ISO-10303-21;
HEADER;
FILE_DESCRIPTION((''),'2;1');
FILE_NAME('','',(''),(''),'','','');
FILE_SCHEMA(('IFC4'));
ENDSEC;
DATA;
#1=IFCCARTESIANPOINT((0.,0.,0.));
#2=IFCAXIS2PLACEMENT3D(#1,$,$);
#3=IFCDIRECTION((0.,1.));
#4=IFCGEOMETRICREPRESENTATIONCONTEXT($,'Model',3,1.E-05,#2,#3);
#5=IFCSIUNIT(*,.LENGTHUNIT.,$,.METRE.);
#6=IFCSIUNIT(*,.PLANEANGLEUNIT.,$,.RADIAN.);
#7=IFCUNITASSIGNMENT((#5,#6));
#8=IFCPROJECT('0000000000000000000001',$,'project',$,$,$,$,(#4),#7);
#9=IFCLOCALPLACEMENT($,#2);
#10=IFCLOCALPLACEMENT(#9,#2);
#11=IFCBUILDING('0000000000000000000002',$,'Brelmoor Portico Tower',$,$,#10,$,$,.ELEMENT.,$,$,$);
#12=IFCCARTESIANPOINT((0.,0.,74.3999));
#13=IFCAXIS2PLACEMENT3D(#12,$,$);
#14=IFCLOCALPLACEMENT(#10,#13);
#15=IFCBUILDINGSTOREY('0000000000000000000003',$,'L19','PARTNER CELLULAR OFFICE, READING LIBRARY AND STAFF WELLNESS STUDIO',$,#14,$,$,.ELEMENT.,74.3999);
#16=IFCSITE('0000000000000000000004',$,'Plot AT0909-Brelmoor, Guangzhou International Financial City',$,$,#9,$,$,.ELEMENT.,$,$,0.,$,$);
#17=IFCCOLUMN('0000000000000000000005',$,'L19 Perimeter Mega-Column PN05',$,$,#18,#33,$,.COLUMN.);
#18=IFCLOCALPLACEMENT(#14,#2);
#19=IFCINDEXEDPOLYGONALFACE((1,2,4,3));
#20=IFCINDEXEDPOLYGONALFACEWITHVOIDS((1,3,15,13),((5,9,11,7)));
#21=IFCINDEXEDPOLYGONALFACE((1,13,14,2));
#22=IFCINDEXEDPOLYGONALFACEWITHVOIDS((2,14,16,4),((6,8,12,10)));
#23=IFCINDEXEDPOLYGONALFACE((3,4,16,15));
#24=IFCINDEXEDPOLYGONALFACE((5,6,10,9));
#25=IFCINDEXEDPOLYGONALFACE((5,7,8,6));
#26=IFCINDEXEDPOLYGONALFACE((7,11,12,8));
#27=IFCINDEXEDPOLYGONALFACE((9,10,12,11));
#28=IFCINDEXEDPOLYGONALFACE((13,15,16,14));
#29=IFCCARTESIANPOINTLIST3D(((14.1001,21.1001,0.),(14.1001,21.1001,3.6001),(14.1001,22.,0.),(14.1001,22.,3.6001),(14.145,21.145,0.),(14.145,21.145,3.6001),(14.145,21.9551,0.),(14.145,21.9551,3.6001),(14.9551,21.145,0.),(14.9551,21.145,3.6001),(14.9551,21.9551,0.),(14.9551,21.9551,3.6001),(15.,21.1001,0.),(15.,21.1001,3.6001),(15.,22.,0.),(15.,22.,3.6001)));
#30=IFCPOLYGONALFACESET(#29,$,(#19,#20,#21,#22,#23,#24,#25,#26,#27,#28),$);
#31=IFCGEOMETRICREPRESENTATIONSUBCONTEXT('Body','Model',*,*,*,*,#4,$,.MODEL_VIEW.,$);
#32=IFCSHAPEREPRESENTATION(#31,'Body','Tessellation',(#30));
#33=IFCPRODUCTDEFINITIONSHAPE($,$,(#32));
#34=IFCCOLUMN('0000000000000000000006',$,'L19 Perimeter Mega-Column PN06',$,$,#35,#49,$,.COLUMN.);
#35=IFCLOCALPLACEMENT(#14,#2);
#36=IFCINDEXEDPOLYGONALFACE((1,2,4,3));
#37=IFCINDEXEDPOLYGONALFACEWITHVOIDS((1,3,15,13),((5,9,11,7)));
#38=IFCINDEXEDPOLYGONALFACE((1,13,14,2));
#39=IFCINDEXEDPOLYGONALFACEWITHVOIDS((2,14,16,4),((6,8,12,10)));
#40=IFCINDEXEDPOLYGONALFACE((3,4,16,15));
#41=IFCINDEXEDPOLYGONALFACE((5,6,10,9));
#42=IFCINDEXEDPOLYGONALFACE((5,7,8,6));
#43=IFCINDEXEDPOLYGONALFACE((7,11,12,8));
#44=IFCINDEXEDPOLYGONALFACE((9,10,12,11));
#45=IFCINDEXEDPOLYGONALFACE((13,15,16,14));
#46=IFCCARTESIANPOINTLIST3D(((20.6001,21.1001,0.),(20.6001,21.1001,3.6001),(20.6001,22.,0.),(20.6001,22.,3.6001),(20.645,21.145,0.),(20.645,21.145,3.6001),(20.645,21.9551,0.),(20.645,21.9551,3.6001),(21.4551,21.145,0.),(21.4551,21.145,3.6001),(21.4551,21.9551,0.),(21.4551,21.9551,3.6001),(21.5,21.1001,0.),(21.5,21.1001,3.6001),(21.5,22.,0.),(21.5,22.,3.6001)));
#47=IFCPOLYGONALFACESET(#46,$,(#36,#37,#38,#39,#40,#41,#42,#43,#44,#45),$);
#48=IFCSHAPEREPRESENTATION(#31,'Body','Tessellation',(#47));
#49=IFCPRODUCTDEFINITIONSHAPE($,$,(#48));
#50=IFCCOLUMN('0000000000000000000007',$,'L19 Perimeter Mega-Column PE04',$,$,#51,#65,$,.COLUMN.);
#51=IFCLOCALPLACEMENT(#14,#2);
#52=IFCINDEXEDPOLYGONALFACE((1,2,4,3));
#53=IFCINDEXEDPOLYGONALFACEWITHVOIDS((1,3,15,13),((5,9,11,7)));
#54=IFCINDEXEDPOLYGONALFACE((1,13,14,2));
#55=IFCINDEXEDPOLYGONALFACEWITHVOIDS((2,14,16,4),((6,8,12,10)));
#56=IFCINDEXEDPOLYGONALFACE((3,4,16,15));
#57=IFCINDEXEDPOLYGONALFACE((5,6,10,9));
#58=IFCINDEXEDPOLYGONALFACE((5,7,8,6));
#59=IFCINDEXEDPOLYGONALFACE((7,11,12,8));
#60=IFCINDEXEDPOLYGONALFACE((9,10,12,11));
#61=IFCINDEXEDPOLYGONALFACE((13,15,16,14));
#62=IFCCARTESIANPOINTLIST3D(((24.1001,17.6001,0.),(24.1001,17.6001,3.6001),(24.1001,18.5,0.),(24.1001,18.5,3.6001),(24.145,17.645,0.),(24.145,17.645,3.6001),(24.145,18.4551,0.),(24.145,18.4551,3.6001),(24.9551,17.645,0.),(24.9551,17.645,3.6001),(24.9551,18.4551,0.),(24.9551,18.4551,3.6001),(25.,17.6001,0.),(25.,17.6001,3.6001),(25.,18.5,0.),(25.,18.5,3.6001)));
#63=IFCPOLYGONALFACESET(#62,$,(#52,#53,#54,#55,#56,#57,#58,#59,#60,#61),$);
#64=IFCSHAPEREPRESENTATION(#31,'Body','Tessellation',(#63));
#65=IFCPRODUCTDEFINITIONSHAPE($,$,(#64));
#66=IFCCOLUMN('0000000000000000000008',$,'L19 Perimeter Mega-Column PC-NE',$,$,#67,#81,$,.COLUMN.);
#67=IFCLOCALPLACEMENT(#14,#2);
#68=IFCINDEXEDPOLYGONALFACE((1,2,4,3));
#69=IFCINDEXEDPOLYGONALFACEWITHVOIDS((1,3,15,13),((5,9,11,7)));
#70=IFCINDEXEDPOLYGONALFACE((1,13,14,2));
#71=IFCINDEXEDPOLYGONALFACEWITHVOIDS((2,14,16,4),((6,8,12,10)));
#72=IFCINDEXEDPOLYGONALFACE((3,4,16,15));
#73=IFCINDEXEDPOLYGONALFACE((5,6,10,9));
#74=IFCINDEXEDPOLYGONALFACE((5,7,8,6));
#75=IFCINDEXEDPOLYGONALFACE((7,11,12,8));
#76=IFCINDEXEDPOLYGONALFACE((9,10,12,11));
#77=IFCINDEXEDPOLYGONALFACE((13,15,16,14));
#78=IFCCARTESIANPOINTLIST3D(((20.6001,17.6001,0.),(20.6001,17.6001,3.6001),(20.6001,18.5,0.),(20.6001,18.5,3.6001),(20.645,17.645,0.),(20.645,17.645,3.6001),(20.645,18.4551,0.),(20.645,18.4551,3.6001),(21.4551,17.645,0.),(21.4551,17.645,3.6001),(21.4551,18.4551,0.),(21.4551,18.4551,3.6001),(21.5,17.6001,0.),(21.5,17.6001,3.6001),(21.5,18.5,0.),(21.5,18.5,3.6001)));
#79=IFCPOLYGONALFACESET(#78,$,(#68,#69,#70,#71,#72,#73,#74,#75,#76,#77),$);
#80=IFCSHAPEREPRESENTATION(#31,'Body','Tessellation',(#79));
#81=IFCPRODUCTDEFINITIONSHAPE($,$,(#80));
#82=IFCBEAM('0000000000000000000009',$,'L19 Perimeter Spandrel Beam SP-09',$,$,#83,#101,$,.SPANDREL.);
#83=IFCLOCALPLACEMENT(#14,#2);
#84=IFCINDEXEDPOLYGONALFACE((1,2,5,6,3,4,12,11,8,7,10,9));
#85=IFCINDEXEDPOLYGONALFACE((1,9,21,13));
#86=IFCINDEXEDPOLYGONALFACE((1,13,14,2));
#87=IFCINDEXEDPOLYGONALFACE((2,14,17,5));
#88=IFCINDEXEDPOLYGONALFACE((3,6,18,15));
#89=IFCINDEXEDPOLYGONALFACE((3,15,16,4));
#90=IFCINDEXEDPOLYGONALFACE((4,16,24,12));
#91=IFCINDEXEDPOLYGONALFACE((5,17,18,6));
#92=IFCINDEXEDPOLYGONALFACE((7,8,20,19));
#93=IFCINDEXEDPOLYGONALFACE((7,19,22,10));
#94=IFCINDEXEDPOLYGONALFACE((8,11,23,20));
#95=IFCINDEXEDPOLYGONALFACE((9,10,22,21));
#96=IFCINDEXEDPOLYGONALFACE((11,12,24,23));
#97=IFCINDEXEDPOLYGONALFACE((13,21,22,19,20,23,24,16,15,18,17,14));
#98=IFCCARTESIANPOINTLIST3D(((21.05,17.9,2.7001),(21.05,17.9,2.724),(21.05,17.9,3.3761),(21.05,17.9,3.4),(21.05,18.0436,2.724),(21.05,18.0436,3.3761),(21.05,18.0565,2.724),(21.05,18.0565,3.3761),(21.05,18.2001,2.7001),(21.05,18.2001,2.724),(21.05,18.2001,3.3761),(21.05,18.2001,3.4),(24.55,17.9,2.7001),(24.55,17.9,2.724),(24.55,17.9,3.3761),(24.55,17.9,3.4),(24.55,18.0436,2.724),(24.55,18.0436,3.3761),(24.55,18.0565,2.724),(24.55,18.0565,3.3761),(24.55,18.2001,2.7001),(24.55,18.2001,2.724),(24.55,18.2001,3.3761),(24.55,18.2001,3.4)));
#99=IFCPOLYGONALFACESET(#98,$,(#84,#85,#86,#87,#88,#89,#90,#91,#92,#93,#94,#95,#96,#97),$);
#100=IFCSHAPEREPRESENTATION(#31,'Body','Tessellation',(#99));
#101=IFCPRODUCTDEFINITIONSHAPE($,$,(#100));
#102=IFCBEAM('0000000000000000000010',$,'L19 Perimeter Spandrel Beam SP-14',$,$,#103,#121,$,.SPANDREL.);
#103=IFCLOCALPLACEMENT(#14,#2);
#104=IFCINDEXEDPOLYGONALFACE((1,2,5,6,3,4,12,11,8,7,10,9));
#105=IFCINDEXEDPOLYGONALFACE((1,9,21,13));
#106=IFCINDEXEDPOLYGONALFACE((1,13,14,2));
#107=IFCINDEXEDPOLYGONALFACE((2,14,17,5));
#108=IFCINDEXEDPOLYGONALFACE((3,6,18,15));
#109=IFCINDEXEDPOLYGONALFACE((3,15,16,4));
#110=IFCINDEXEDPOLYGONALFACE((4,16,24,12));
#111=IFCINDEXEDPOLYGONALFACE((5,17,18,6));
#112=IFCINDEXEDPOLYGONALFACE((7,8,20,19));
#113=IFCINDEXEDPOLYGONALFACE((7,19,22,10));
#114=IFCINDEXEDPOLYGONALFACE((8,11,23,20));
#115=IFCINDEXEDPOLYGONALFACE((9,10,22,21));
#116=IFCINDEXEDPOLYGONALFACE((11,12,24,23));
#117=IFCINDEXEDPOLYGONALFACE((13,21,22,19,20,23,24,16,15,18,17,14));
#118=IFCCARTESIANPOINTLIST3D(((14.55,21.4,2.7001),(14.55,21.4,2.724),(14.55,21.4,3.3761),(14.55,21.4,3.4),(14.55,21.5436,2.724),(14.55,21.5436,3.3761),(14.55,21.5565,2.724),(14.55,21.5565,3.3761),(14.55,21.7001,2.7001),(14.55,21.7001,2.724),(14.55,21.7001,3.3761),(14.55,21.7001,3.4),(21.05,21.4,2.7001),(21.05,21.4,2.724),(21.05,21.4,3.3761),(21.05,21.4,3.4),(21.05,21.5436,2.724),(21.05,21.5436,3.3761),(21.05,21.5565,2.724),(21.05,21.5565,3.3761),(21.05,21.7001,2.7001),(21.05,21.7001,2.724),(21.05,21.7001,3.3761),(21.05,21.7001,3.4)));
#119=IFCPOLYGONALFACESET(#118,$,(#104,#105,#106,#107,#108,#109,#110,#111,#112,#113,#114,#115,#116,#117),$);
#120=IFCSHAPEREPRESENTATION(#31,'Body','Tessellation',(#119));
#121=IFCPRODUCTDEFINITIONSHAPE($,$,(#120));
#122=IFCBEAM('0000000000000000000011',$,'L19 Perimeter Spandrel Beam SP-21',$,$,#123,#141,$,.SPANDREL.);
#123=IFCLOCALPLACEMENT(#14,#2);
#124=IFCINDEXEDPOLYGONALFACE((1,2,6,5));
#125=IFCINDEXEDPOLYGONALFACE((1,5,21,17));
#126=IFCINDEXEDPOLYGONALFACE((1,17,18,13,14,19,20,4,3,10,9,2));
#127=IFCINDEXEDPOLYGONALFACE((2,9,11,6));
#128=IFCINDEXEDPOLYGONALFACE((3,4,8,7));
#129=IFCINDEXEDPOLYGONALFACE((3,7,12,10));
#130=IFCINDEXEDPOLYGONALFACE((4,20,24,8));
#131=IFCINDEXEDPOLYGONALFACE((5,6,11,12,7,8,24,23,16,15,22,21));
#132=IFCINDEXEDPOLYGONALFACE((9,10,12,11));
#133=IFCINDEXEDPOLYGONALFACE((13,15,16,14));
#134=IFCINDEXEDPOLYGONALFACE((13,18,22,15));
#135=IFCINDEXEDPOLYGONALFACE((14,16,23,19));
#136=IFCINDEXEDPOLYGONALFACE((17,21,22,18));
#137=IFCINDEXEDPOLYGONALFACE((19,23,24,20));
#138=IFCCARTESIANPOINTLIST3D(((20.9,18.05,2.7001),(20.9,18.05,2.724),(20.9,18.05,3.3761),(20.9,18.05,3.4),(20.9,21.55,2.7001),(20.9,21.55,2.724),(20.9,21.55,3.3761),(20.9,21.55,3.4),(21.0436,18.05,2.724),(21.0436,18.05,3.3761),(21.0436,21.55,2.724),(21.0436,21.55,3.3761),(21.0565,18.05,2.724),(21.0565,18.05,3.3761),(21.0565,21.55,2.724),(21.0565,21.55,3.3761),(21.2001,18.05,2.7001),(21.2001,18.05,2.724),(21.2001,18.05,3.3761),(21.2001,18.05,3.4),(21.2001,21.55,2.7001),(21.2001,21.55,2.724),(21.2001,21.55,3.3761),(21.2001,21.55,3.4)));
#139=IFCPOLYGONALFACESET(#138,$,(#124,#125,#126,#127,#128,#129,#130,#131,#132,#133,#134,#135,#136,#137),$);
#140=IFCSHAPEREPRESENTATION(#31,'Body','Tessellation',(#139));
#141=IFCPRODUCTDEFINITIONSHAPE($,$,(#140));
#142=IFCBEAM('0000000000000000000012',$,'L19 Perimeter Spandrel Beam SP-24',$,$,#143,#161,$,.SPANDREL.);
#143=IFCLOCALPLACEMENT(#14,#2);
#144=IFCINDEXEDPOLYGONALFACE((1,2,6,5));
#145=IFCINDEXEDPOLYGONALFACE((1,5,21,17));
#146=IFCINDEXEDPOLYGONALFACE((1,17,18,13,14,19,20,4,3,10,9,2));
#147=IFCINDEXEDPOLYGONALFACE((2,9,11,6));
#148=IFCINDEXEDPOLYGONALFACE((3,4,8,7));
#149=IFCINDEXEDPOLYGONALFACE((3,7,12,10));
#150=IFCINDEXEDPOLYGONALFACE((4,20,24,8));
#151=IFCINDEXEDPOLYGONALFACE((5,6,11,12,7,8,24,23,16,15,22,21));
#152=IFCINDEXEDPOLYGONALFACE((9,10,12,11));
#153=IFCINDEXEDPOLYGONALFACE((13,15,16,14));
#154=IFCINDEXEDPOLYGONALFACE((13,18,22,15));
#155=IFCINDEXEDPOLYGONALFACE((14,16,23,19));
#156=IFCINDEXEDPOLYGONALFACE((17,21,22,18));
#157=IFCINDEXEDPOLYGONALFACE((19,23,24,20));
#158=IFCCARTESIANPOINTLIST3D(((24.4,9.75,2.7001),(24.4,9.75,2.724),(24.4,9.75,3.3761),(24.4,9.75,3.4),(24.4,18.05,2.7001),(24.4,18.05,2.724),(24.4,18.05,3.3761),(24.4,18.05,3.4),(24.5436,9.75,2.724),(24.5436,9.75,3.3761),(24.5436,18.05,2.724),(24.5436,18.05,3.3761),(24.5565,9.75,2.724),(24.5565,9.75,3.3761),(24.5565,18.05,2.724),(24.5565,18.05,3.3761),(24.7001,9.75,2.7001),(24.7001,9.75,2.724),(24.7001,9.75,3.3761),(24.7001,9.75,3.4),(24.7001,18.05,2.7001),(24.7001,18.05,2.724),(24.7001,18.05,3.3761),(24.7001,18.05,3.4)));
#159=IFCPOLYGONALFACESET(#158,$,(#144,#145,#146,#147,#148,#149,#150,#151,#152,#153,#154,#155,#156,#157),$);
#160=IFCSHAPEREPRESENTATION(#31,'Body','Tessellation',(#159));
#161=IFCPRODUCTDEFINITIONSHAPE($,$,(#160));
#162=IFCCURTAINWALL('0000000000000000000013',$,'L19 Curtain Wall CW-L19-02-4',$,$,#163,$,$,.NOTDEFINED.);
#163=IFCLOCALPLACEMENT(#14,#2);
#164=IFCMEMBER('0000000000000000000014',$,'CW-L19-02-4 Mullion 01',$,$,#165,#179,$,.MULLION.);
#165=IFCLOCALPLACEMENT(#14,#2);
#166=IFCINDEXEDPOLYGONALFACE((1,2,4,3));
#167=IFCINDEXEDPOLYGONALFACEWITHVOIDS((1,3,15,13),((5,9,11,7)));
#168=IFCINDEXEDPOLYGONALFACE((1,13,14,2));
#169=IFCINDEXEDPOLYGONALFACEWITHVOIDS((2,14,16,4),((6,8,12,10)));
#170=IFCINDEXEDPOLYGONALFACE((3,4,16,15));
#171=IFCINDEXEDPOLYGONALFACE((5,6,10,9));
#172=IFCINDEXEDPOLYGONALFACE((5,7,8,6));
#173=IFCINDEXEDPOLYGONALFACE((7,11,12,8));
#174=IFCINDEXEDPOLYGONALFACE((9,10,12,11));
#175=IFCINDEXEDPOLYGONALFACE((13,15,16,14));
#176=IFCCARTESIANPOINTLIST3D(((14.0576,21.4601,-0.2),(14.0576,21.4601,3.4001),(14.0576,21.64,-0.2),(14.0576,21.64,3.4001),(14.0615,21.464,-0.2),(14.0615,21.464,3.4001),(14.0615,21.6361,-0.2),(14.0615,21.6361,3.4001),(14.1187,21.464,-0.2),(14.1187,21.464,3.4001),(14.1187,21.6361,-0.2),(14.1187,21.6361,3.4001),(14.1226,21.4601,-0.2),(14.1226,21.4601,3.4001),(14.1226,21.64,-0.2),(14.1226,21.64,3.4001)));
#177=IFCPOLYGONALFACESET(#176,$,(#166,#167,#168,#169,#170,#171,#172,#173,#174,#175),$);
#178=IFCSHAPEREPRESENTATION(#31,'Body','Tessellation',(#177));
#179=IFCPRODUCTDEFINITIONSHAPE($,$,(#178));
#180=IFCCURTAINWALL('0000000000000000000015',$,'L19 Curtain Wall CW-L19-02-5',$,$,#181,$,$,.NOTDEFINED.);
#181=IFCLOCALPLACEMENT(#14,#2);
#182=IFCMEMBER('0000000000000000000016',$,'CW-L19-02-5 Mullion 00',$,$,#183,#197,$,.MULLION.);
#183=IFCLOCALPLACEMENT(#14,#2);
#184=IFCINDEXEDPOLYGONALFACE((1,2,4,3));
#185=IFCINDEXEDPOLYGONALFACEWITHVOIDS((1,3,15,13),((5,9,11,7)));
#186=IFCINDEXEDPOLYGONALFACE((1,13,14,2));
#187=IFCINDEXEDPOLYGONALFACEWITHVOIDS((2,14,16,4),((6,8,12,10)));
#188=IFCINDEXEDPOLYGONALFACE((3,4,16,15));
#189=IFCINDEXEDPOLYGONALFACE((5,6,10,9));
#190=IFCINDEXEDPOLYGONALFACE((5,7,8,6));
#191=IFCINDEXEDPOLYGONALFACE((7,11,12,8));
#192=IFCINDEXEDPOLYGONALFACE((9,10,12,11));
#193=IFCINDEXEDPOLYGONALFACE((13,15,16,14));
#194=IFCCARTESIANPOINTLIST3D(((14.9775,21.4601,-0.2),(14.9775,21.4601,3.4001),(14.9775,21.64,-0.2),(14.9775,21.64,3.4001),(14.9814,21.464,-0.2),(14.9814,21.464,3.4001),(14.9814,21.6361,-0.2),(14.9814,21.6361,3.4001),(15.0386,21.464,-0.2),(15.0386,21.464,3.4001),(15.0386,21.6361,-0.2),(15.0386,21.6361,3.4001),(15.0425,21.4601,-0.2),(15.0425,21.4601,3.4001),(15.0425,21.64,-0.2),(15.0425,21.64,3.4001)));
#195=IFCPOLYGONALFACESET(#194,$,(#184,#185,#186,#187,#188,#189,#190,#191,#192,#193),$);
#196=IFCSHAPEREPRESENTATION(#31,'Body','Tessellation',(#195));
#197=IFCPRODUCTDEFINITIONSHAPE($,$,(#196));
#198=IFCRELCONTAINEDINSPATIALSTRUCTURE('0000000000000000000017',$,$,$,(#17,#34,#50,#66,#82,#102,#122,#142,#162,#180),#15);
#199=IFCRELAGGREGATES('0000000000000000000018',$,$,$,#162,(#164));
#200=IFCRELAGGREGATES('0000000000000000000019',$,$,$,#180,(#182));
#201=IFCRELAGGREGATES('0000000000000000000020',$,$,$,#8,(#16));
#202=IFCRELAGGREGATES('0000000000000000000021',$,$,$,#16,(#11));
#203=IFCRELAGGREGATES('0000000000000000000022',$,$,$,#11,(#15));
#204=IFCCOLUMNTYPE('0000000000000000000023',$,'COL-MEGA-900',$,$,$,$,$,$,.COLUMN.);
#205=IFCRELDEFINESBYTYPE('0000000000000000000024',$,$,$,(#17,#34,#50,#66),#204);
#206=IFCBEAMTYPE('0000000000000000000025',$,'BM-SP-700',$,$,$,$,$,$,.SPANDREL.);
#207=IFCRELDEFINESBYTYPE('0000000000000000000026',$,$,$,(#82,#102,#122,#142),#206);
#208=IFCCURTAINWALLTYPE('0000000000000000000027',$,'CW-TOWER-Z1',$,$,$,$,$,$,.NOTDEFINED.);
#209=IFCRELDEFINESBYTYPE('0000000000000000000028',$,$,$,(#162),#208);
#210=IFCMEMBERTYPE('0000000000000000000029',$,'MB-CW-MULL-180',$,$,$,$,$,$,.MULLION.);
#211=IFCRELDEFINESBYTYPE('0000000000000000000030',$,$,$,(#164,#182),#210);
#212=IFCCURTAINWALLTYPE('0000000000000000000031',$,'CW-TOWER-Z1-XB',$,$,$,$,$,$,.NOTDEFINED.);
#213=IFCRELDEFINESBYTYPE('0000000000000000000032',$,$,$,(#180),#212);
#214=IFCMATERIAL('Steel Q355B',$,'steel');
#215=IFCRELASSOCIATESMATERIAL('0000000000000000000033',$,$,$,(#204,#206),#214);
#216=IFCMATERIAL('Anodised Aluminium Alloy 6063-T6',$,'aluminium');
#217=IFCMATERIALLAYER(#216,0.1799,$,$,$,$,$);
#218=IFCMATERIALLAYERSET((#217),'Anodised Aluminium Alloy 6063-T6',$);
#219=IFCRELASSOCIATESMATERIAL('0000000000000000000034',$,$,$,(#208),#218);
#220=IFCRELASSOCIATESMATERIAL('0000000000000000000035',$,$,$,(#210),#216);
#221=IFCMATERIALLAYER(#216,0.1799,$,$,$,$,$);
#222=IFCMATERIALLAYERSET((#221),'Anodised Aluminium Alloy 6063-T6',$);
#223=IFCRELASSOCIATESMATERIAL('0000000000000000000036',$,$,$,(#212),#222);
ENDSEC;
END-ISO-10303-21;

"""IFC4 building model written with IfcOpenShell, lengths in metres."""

from ifc_helpers import new_model, si_unit, direction, frame, origin, origin_2d, place, context, subcontext, project, spatial, hollow_rectangle, i_section, extrude, material, layer, layer_set, material_profile, profile_set, type_object, element, aggregate, save


model = new_model("IFC4")

# Units and contexts
model_context = context("Model", 3, precision=1e-05, world=origin(), true_north=direction((0.0, 1.0)))
body_context = subcontext(model_context, "Body", "Model", "MODEL_VIEW")
ifc_project = project(units=[si_unit("LENGTHUNIT", "METRE"), si_unit("PLANEANGLEUNIT", "RADIAN")], contexts=[model_context])

# Site, building, storey
site_placement = place(None, origin())
site = spatial("IfcSite", under=ifc_project, at=site_placement, Name="Plot AT0909-Brelmoor, Guangzhou International Financial City", CompositionType="ELEMENT", RefElevation=0.0)
building_placement = place(site_placement, origin())
building = spatial("IfcBuilding", under=site, at=building_placement, Name="Brelmoor Portico Tower", CompositionType="ELEMENT")
storey_placement = place(building_placement, frame((0.0, 0.0, 74.3999)))
storey = spatial("IfcBuildingStorey", under=building, at=storey_placement, Name="L19", Description="PARTNER CELLULAR OFFICE, READING LIBRARY AND STAFF WELLNESS STUDIO", CompositionType="ELEMENT", Elevation=74.3999)

# Columns
ifc_material_1 = material(Name="Steel Q355B", Category="steel")
ifc_material_profile_1 = material_profile(ifc_material_1, hollow_rectangle(XDim=0.8999, YDim=0.8999, WallThickness=0.0449, at=origin_2d()), Name="BOX 900x900x45")
ifc_profile_set_1 = profile_set([ifc_material_profile_1], Name="Steel Q355B")
column_type = type_object("IfcColumnType", Name="COL-MEGA-900", PredefinedType="COLUMN", material=ifc_profile_set_1)
for number, where, z_axis, x_axis, name in (
    (1, (14.55, 21.55, 0.0), (0.0, 0.0, 1.0), (1.0, 0.0, 0.0), "L19 Perimeter Mega-Column PN05"),
    (2, (21.05, 21.55, 0.0), (0.0, 0.0, 1.0), (1.0, 0.0, 0.0), "L19 Perimeter Mega-Column PN06"),
    (3, (24.55, 18.05, 0.0), (0.0, 0.0, 1.0), (0.0, 1.0, 0.0), "L19 Perimeter Mega-Column PE04"),
    (4, (21.05, 18.05, 0.0), (0.0, 0.0, 1.0), (1.0, 0.0, 0.0), "L19 Perimeter Mega-Column PC-NE"),
):
    element("IfcColumn", number, at=place(storey_placement, frame(where, z_axis=z_axis, x_axis=x_axis)), inside=storey, type_object=column_type, Name=name, PredefinedType="COLUMN", context=body_context, shape_type="SweptSolid", body=[
        extrude(hollow_rectangle(XDim=0.8999, YDim=0.8999, WallThickness=0.0449, at=origin_2d()), origin(), (0.0, 0.0, 1.0), 3.6001),
    ])

# Beams
ifc_material_profile_2 = material_profile(ifc_material_1, i_section(OverallWidth=0.3, OverallDepth=0.7, WebThickness=0.0129, FlangeThickness=0.0239, at=origin_2d()), Name="HN 700x300x13x24")
ifc_profile_set_2 = profile_set([ifc_material_profile_2], Name="Steel Q355B")
beam_type = type_object("IfcBeamType", Name="BM-SP-700", PredefinedType="SPANDREL", material=ifc_profile_set_2)
beam_1_placement = place(storey_placement, frame((21.05, 18.05, 3.05), z_axis=(1.0, 0.0, 0.0), x_axis=(0.0, 1.0, 0.0)))
element("IfcBeam", 5, at=beam_1_placement, inside=storey, type_object=beam_type, Name="L19 Perimeter Spandrel Beam SP-09", PredefinedType="SPANDREL", context=body_context, shape_type="SweptSolid", body=[
    extrude(i_section(OverallWidth=0.3, OverallDepth=0.7, WebThickness=0.0129, FlangeThickness=0.0239, at=origin_2d()), origin(), (0.0, 0.0, 1.0), 3.5),
])
beam_2_placement = place(storey_placement, frame((14.55, 21.55, 3.05), z_axis=(1.0, 0.0, 0.0), x_axis=(0.0, 1.0, 0.0)))
element("IfcBeam", 6, at=beam_2_placement, inside=storey, type_object=beam_type, Name="L19 Perimeter Spandrel Beam SP-14", PredefinedType="SPANDREL", context=body_context, shape_type="SweptSolid", body=[
    extrude(i_section(OverallWidth=0.3, OverallDepth=0.7, WebThickness=0.0129, FlangeThickness=0.0239, at=origin_2d()), origin(), (0.0, 0.0, 1.0), 6.5),
])
beam_3_placement = place(storey_placement, frame((21.05, 18.05, 3.05), z_axis=(0.0, 1.0, 0.0), x_axis=(-1.0, 0.0, 0.0)))
element("IfcBeam", 7, at=beam_3_placement, inside=storey, type_object=beam_type, Name="L19 Perimeter Spandrel Beam SP-21", PredefinedType="SPANDREL", context=body_context, shape_type="SweptSolid", body=[
    extrude(i_section(OverallWidth=0.3, OverallDepth=0.7, WebThickness=0.0129, FlangeThickness=0.0239, at=origin_2d()), origin(), (0.0, 0.0, 1.0), 3.5),
])
beam_4_placement = place(storey_placement, frame((24.55, 9.75, 3.05), z_axis=(0.0, 1.0, 0.0), x_axis=(-1.0, 0.0, 0.0)))
element("IfcBeam", 8, at=beam_4_placement, inside=storey, type_object=beam_type, Name="L19 Perimeter Spandrel Beam SP-24", PredefinedType="SPANDREL", context=body_context, shape_type="SweptSolid", body=[
    extrude(i_section(OverallWidth=0.3, OverallDepth=0.7, WebThickness=0.0129, FlangeThickness=0.0239, at=origin_2d()), origin(), (0.0, 0.0, 1.0), 8.3),
])

# Curtain wall, member
ifc_material_2 = material(Name="Anodised Aluminium Alloy 6063-T6", Category="aluminium")
ifc_layer_1 = layer(ifc_material_2, 0.1799)
ifc_layer_set_1 = layer_set([ifc_layer_1], Name="Anodised Aluminium Alloy 6063-T6")
curtain_wall_type_1 = type_object("IfcCurtainWallType", Name="CW-TOWER-Z1", PredefinedType="NOTDEFINED", material=ifc_layer_set_1)
curtain_wall_1_placement = place(storey_placement, origin())
curtain_wall_1 = element("IfcCurtainWall", 9, at=curtain_wall_1_placement, inside=storey, type_object=curtain_wall_type_1, Name="L19 Curtain Wall CW-L19-02-4", PredefinedType="NOTDEFINED")
ifc_material_profile_3 = material_profile(ifc_material_2, hollow_rectangle(XDim=0.0649, YDim=0.1799, WallThickness=0.0039, at=origin_2d()), Name="ALU MULLION 65x180")
ifc_profile_set_3 = profile_set([ifc_material_profile_3], Name="Anodised Aluminium Alloy 6063-T6")
member_type_1 = type_object("IfcMemberType", Name="MB-CW-MULL-180", PredefinedType="MULLION", material=ifc_profile_set_3)
member_1_placement = place(storey_placement, frame((14.0901, 21.55, -0.2), z_axis=(0.0, 0.0, 1.0), x_axis=(1.0, 0.0, 0.0)))
member_1 = element("IfcMember", 10, at=member_1_placement, type_object=member_type_1, Name="CW-L19-02-4 Mullion 01", PredefinedType="MULLION", context=body_context, shape_type="SweptSolid", body=[
    extrude(hollow_rectangle(XDim=0.0649, YDim=0.1799, WallThickness=0.0039, at=origin_2d()), origin(), (0.0, 0.0, 1.0), 3.6001),
])
aggregate(curtain_wall_1, [member_1])

# Curtain wall, member
ifc_layer_2 = layer(ifc_material_2, 0.1799)
ifc_layer_set_2 = layer_set([ifc_layer_2], Name="Anodised Aluminium Alloy 6063-T6")
curtain_wall_type_2 = type_object("IfcCurtainWallType", Name="CW-TOWER-Z1-XB", PredefinedType="NOTDEFINED", material=ifc_layer_set_2)
curtain_wall_2_placement = place(storey_placement, origin())
curtain_wall_2 = element("IfcCurtainWall", 11, at=curtain_wall_2_placement, inside=storey, type_object=curtain_wall_type_2, Name="L19 Curtain Wall CW-L19-02-5", PredefinedType="NOTDEFINED")
member_2_placement = place(storey_placement, frame((15.01, 21.55, -0.2), z_axis=(0.0, 0.0, 1.0), x_axis=(1.0, 0.0, 0.0)))
member_2 = element("IfcMember", 12, at=member_2_placement, type_object=member_type_1, Name="CW-L19-02-5 Mullion 00", PredefinedType="MULLION", context=body_context, shape_type="SweptSolid", body=[
    extrude(hollow_rectangle(XDim=0.0649, YDim=0.1799, WallThickness=0.0039, at=origin_2d()), origin(), (0.0, 0.0, 1.0), 3.6001),
])

aggregate(curtain_wall_2, [member_2])

save(model, "model.ifc")
